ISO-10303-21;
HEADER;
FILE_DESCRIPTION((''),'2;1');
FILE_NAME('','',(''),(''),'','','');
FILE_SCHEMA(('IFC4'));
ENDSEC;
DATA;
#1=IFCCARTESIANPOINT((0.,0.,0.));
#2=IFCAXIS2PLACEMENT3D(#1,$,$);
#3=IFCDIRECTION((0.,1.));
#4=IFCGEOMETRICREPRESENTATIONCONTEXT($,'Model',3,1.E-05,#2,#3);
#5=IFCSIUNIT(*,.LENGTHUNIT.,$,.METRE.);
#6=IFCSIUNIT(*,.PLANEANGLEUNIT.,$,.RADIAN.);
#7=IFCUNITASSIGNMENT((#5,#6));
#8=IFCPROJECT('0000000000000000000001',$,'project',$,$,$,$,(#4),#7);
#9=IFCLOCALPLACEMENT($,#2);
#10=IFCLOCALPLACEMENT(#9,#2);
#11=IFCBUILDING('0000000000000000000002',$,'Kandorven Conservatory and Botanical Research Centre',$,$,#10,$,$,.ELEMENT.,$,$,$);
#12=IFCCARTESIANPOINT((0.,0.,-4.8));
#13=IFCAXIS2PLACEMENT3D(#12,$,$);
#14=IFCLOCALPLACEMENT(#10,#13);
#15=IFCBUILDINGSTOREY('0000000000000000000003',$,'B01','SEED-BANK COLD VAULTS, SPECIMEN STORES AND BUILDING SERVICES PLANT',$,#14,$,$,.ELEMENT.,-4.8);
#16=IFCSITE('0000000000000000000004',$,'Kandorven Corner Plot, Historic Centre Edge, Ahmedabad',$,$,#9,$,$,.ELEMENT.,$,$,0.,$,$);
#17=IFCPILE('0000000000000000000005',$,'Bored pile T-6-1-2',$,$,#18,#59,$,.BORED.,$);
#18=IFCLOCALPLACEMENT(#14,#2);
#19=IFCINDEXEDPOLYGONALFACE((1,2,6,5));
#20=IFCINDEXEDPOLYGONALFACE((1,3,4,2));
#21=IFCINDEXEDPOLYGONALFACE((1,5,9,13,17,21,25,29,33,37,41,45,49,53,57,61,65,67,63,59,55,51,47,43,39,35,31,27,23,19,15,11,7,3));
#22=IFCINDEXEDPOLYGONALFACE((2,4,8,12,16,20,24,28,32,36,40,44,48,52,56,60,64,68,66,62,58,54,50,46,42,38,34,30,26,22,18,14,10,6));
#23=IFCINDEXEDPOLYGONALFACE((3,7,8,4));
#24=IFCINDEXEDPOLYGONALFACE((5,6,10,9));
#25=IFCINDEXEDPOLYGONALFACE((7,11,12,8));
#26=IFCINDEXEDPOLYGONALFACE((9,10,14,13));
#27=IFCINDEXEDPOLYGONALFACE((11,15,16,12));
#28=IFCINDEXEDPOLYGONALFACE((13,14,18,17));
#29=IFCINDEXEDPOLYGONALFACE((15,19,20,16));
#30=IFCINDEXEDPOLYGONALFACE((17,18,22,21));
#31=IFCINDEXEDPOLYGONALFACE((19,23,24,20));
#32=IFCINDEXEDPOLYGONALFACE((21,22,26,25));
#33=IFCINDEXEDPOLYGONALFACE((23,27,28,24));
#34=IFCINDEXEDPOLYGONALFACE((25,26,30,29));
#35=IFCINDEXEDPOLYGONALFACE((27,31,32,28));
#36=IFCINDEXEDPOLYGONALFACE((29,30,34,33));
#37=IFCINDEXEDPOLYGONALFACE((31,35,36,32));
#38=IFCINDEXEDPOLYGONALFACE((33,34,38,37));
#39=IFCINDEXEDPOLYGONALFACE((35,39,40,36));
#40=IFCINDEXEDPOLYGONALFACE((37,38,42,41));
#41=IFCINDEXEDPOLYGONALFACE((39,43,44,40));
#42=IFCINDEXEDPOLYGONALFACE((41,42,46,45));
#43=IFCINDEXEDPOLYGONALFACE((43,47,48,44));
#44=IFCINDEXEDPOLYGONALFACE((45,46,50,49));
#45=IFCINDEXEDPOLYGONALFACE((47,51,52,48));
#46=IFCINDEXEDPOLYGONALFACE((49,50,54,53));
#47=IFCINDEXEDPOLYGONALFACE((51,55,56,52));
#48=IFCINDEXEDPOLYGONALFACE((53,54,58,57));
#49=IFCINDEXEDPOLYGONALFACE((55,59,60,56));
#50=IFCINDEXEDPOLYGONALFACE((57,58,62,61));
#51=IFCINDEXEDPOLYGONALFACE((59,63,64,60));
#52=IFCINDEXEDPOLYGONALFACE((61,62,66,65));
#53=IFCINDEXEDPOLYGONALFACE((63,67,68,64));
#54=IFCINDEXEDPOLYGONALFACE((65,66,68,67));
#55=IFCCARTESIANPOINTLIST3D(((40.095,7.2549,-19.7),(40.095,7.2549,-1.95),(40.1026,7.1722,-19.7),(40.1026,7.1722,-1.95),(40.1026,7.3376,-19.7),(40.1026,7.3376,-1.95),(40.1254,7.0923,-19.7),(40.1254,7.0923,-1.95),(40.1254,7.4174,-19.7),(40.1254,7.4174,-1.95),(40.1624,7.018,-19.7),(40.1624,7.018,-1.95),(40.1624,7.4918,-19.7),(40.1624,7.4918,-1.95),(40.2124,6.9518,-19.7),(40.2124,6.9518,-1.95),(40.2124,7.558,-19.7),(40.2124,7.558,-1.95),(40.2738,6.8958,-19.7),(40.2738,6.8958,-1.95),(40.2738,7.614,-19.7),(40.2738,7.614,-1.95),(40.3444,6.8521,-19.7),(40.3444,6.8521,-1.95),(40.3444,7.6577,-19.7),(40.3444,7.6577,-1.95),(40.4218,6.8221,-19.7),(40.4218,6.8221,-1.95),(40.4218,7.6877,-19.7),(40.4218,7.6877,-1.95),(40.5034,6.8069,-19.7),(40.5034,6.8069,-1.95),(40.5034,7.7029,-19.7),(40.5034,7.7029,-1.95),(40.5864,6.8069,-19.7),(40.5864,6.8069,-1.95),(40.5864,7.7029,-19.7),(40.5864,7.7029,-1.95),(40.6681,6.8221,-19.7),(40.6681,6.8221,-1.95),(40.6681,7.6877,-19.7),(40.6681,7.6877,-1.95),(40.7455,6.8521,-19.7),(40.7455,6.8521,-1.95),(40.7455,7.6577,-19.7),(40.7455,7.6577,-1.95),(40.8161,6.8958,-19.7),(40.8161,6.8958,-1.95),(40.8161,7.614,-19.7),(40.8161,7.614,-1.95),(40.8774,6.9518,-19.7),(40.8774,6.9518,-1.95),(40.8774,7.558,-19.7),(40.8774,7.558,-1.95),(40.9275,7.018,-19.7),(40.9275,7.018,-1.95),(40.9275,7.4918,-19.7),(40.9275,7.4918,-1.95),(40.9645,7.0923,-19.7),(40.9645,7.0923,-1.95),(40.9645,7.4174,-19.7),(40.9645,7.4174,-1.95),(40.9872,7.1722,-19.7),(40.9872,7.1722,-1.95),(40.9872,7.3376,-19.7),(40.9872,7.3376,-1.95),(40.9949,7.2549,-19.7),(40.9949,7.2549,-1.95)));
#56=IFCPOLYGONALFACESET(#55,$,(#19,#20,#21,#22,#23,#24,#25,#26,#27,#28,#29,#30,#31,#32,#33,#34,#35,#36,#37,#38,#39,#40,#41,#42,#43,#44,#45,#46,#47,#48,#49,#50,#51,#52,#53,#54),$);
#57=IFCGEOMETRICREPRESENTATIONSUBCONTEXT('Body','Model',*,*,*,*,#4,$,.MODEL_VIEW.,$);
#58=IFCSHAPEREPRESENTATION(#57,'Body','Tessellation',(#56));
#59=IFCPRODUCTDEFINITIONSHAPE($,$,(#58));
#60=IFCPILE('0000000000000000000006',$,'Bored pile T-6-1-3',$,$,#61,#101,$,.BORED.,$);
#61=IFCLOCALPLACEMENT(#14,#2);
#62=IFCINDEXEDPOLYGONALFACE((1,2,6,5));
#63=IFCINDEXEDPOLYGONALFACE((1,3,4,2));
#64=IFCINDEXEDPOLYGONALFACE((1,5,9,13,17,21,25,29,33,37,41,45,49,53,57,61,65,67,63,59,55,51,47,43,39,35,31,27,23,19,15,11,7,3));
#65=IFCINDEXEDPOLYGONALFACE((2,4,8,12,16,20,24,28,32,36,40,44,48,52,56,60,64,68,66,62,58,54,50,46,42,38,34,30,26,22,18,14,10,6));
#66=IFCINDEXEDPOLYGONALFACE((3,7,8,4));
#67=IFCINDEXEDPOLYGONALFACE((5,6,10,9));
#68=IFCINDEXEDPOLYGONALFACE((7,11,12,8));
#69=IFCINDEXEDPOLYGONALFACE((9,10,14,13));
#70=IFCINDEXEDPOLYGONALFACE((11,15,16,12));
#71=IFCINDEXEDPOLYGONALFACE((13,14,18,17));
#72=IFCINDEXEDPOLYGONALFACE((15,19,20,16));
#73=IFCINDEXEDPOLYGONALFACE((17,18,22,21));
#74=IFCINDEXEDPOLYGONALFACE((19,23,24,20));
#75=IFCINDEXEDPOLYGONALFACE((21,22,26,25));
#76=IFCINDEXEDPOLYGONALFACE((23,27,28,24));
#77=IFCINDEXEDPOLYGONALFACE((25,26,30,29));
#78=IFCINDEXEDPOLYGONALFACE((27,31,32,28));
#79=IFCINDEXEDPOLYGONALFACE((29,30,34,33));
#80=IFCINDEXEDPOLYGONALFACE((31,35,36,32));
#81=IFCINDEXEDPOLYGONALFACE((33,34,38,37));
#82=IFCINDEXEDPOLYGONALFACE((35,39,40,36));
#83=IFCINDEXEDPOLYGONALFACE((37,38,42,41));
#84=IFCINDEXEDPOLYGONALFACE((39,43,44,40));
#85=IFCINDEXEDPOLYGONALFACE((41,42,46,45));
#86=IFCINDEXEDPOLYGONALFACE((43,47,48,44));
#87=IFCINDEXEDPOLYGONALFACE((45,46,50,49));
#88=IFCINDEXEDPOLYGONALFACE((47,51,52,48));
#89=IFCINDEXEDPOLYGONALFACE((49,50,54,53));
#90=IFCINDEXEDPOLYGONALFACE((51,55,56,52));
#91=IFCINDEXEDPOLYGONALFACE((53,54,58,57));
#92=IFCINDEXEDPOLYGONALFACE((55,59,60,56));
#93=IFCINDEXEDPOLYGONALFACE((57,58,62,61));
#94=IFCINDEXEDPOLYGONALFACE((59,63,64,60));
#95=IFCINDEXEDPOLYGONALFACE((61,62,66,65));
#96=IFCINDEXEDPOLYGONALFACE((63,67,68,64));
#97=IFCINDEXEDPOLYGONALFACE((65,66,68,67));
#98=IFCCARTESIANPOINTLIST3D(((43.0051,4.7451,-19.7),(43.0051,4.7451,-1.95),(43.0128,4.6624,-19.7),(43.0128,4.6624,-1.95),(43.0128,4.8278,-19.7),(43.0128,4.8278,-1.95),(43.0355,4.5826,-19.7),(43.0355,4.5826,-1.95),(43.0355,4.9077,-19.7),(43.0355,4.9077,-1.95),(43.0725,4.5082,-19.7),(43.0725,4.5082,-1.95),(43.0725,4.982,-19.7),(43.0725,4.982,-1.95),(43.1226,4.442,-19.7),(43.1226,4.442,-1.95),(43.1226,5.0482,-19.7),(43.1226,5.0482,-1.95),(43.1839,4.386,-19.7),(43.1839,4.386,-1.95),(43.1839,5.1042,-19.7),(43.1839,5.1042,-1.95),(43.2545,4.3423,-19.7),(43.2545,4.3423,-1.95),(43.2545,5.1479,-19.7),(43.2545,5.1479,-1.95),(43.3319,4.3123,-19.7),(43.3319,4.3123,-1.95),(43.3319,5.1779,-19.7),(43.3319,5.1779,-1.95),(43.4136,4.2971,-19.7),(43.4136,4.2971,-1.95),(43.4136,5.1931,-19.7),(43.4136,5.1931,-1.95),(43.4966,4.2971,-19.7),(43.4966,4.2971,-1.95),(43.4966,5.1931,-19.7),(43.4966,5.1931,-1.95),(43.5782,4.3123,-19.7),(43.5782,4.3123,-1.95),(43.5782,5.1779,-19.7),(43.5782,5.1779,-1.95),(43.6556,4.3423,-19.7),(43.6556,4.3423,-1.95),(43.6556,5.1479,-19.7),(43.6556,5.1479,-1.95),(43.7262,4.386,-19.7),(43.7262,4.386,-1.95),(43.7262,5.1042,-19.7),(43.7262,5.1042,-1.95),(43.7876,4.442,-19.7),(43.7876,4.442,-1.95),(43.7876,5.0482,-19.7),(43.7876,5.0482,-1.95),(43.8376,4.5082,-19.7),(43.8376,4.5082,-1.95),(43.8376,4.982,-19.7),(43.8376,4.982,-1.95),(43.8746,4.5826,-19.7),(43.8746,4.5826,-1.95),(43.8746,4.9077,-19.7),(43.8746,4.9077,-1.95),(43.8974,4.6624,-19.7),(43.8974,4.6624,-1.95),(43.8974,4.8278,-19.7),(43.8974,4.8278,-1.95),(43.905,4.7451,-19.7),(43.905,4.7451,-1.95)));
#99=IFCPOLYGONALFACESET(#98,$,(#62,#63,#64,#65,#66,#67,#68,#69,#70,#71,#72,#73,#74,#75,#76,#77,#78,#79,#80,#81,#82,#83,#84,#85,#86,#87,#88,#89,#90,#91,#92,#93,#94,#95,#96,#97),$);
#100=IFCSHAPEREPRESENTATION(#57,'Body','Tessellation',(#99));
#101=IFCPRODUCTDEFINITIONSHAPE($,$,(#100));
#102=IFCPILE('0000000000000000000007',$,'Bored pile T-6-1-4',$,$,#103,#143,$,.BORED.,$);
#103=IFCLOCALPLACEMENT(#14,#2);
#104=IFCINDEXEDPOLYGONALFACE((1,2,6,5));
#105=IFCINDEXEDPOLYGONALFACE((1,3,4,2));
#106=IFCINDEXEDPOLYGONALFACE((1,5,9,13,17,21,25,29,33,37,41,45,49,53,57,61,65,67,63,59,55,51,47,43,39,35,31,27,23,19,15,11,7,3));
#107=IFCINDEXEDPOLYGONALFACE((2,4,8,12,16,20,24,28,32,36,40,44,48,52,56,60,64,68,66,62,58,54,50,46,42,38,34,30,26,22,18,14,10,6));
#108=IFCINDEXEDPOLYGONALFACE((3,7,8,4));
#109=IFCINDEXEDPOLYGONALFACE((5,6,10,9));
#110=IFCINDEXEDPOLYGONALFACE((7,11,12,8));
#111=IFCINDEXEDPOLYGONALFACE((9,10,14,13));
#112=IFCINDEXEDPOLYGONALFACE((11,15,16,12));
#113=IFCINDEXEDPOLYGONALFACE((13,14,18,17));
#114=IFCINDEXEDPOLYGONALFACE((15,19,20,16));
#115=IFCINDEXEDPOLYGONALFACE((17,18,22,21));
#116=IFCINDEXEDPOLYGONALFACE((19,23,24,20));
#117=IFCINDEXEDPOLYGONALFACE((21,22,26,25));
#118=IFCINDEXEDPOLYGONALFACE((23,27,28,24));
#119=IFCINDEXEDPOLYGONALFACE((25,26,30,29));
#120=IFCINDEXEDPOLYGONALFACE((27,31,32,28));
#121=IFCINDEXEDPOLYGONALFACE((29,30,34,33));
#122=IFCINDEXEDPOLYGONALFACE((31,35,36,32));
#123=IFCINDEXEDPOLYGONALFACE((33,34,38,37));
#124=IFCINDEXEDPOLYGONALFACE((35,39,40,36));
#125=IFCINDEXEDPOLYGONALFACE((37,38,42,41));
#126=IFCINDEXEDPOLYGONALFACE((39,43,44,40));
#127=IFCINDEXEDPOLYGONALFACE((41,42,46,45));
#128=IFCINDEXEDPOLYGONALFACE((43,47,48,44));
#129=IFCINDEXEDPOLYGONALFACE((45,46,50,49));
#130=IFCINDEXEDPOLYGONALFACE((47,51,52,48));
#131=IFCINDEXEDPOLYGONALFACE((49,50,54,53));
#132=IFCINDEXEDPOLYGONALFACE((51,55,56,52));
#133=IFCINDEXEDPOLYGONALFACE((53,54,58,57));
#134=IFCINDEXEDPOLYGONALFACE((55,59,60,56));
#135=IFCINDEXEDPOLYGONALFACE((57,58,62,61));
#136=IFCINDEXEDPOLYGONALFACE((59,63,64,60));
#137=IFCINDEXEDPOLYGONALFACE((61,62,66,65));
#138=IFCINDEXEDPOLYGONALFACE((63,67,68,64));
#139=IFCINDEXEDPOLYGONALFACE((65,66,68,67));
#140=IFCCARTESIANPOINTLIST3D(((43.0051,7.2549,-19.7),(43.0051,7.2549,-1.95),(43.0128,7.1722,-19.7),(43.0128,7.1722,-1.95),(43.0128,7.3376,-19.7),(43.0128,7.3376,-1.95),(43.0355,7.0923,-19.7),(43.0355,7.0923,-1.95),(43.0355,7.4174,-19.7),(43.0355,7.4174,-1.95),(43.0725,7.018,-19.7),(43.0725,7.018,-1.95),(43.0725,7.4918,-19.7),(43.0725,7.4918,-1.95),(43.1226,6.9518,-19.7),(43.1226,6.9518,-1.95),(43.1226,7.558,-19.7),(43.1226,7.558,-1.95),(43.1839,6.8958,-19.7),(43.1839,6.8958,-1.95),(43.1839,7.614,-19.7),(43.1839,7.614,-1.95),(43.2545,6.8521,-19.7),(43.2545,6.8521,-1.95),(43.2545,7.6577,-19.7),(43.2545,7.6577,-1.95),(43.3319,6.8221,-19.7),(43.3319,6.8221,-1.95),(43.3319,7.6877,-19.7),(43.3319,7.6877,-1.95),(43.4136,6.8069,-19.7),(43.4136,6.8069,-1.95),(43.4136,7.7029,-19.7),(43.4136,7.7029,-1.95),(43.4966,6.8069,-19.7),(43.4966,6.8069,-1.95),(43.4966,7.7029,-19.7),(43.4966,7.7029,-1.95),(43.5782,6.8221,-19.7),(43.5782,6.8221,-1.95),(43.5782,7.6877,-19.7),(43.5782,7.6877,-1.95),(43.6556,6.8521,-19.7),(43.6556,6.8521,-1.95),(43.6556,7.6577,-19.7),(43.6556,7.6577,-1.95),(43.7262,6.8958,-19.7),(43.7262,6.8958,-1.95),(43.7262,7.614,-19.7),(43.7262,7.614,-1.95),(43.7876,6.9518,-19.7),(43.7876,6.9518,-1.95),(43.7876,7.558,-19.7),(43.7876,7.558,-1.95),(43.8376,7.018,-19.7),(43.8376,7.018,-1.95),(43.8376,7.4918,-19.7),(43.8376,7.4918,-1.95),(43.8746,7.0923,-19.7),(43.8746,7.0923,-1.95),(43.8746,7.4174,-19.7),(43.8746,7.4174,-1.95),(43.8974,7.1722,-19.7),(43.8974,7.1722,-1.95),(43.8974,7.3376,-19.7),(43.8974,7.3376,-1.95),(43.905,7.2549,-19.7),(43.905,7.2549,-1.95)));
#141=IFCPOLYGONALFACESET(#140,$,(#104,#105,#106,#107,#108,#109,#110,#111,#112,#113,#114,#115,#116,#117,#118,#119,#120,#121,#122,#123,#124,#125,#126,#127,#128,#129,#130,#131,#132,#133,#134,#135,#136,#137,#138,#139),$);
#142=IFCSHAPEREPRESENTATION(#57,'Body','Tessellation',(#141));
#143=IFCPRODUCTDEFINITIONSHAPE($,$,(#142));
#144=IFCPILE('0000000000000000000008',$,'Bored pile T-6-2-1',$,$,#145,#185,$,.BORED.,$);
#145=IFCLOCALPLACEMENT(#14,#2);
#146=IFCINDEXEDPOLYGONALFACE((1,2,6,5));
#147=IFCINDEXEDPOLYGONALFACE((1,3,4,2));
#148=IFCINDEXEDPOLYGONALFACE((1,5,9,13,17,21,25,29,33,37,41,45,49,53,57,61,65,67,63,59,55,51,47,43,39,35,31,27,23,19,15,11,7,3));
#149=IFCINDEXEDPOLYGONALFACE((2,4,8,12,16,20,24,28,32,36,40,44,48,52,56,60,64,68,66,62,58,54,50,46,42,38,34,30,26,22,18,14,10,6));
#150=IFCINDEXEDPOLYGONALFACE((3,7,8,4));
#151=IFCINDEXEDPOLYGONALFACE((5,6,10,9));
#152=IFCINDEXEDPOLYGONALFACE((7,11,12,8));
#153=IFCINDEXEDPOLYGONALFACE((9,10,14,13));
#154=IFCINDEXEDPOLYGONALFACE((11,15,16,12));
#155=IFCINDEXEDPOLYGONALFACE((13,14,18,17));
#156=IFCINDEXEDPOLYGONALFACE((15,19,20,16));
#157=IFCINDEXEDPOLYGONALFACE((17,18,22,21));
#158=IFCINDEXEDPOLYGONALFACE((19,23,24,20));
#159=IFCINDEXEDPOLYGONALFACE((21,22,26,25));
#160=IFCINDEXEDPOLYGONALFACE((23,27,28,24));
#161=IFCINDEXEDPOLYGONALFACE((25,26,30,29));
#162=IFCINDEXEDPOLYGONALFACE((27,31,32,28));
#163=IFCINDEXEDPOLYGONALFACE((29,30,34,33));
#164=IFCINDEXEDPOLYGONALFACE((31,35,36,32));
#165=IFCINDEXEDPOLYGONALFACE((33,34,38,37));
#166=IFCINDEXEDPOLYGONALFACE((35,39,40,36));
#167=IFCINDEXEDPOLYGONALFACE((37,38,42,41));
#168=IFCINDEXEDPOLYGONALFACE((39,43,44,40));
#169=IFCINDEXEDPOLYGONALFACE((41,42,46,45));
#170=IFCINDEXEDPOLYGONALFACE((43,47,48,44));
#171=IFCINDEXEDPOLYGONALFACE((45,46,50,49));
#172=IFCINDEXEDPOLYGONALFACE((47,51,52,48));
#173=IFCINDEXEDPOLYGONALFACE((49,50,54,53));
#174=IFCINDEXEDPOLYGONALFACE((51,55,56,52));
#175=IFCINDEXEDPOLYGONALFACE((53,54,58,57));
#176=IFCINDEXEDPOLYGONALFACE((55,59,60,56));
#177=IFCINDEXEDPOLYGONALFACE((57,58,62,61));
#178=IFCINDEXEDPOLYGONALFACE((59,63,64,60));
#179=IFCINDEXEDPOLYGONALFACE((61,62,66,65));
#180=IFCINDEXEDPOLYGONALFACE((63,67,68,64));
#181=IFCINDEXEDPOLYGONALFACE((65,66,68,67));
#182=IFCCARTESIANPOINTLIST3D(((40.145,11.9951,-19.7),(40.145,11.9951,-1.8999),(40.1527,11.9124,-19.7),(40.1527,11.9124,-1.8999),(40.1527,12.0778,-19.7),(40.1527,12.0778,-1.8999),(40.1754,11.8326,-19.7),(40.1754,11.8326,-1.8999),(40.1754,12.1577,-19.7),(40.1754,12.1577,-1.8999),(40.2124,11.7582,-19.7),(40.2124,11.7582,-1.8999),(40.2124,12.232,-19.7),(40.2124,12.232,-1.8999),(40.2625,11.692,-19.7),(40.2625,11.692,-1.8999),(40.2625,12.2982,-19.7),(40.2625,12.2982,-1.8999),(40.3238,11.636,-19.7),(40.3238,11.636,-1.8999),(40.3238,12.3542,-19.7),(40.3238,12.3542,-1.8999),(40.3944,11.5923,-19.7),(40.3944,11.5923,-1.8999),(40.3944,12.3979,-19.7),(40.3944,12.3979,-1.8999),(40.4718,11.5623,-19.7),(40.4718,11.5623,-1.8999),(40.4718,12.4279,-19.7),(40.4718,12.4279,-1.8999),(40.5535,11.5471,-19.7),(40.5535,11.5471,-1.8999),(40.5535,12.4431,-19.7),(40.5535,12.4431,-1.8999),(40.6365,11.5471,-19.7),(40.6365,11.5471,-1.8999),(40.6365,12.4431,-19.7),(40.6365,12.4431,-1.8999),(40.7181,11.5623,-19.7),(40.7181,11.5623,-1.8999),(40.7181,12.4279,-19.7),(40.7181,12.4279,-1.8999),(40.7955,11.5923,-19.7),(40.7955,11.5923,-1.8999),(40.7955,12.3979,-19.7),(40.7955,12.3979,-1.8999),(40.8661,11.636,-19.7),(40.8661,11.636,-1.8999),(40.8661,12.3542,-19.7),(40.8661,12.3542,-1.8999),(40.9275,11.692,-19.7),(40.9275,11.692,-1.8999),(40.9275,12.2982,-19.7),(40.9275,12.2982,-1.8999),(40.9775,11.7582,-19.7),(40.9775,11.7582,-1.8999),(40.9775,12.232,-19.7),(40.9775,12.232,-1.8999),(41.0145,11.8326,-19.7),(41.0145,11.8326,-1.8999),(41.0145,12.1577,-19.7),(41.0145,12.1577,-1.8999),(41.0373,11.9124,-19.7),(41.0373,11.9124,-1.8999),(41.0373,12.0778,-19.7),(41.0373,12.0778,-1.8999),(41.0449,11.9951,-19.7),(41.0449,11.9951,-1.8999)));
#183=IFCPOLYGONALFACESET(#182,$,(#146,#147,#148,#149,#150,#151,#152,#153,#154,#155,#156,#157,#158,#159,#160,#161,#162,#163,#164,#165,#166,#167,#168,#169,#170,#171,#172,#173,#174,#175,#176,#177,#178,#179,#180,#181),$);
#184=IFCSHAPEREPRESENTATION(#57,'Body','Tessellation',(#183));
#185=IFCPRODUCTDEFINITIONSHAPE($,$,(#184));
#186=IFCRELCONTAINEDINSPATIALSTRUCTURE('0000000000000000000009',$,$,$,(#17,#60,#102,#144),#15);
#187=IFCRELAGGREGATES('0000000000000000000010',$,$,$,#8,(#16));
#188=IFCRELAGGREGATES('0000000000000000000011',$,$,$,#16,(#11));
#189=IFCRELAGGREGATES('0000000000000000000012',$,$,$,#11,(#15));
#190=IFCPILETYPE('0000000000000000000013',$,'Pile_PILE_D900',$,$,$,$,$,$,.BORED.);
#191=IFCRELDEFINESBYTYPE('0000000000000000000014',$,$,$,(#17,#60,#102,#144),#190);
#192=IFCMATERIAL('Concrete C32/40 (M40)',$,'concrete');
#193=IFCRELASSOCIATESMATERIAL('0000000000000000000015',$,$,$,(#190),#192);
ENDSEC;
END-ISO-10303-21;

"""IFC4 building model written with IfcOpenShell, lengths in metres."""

from ifc_helpers import new_model, si_unit, direction, frame, origin, origin_2d, place, context, subcontext, project, spatial, circle, extrude, material, material_profile, profile_set, type_object, element, save


model = new_model("IFC4")

# Units and contexts
model_context = context("Model", 3, precision=1e-05, world=origin(), true_north=direction((0.0, 1.0)))
body_context = subcontext(model_context, "Body", "Model", "MODEL_VIEW")
ifc_project = project(units=[si_unit("LENGTHUNIT", "METRE"), si_unit("PLANEANGLEUNIT", "RADIAN")], contexts=[model_context])

# Site, building, storey
site_placement = place(None, origin())
site = spatial("IfcSite", under=ifc_project, at=site_placement, Name="Kandorven Corner Plot, Historic Centre Edge, Ahmedabad", CompositionType="ELEMENT", RefElevation=0.0)
building_placement = place(site_placement, origin())
building = spatial("IfcBuilding", under=site, at=building_placement, Name="Kandorven Conservatory and Botanical Research Centre", CompositionType="ELEMENT")
storey_placement = place(building_placement, frame((0.0, 0.0, -4.8)))
storey = spatial("IfcBuildingStorey", under=building, at=storey_placement, Name="B01", Description="SEED-BANK COLD VAULTS, SPECIMEN STORES AND BUILDING SERVICES PLANT", CompositionType="ELEMENT", Elevation=-4.8)

# Piles
ifc_material_1 = material(Name="Concrete C32/40 (M40)", Category="concrete")
ifc_material_profile_1 = material_profile(ifc_material_1, circle(Radius=0.45, at=origin_2d()))
ifc_profile_set_1 = profile_set([ifc_material_profile_1], Name="Concrete C32/40 (M40)")
pile_type_1 = type_object("IfcPileType", Name="Pile_PILE_D900", PredefinedType="BORED", material=ifc_profile_set_1)
for number, where, z_axis, x_axis, name in (
    (1, (40.5449, 7.2549, -1.95), (0.0, 0.0, -1.0), (1.0, 0.0, 0.0), "Bored pile T-6-1-2"),
    (2, (43.4551, 4.7451, -1.95), (0.0, 0.0, -1.0), (1.0, 0.0, 0.0), "Bored pile T-6-1-3"),
    (3, (43.4551, 7.2549, -1.95), (0.0, 0.0, -1.0), (1.0, 0.0, 0.0), "Bored pile T-6-1-4"),
):
    element("IfcPile", number, at=place(storey_placement, frame(where, z_axis=z_axis, x_axis=x_axis)), inside=storey, type_object=pile_type_1, Name=name, PredefinedType="BORED", context=body_context, shape_type="SweptSolid", body=[
        extrude(circle(Radius=0.45, at=origin_2d()), origin(), (0.0, 0.0, 1.0), 17.75),
    ])
for number, where, z_axis, x_axis, name in (
    (4, (40.595, 11.9951, -1.8999), (0.0, 0.0, -1.0), (1.0, 0.0, 0.0), "Bored pile T-6-2-1"),
):
    element("IfcPile", number, at=place(storey_placement, frame(where, z_axis=z_axis, x_axis=x_axis)), inside=storey, type_object=pile_type_1, Name=name, PredefinedType="BORED", context=body_context, shape_type="SweptSolid", body=[
        extrude(circle(Radius=0.45, at=origin_2d()), origin(), (0.0, 0.0, 1.0), 17.8),
    ])

save(model, "model.ifc")
